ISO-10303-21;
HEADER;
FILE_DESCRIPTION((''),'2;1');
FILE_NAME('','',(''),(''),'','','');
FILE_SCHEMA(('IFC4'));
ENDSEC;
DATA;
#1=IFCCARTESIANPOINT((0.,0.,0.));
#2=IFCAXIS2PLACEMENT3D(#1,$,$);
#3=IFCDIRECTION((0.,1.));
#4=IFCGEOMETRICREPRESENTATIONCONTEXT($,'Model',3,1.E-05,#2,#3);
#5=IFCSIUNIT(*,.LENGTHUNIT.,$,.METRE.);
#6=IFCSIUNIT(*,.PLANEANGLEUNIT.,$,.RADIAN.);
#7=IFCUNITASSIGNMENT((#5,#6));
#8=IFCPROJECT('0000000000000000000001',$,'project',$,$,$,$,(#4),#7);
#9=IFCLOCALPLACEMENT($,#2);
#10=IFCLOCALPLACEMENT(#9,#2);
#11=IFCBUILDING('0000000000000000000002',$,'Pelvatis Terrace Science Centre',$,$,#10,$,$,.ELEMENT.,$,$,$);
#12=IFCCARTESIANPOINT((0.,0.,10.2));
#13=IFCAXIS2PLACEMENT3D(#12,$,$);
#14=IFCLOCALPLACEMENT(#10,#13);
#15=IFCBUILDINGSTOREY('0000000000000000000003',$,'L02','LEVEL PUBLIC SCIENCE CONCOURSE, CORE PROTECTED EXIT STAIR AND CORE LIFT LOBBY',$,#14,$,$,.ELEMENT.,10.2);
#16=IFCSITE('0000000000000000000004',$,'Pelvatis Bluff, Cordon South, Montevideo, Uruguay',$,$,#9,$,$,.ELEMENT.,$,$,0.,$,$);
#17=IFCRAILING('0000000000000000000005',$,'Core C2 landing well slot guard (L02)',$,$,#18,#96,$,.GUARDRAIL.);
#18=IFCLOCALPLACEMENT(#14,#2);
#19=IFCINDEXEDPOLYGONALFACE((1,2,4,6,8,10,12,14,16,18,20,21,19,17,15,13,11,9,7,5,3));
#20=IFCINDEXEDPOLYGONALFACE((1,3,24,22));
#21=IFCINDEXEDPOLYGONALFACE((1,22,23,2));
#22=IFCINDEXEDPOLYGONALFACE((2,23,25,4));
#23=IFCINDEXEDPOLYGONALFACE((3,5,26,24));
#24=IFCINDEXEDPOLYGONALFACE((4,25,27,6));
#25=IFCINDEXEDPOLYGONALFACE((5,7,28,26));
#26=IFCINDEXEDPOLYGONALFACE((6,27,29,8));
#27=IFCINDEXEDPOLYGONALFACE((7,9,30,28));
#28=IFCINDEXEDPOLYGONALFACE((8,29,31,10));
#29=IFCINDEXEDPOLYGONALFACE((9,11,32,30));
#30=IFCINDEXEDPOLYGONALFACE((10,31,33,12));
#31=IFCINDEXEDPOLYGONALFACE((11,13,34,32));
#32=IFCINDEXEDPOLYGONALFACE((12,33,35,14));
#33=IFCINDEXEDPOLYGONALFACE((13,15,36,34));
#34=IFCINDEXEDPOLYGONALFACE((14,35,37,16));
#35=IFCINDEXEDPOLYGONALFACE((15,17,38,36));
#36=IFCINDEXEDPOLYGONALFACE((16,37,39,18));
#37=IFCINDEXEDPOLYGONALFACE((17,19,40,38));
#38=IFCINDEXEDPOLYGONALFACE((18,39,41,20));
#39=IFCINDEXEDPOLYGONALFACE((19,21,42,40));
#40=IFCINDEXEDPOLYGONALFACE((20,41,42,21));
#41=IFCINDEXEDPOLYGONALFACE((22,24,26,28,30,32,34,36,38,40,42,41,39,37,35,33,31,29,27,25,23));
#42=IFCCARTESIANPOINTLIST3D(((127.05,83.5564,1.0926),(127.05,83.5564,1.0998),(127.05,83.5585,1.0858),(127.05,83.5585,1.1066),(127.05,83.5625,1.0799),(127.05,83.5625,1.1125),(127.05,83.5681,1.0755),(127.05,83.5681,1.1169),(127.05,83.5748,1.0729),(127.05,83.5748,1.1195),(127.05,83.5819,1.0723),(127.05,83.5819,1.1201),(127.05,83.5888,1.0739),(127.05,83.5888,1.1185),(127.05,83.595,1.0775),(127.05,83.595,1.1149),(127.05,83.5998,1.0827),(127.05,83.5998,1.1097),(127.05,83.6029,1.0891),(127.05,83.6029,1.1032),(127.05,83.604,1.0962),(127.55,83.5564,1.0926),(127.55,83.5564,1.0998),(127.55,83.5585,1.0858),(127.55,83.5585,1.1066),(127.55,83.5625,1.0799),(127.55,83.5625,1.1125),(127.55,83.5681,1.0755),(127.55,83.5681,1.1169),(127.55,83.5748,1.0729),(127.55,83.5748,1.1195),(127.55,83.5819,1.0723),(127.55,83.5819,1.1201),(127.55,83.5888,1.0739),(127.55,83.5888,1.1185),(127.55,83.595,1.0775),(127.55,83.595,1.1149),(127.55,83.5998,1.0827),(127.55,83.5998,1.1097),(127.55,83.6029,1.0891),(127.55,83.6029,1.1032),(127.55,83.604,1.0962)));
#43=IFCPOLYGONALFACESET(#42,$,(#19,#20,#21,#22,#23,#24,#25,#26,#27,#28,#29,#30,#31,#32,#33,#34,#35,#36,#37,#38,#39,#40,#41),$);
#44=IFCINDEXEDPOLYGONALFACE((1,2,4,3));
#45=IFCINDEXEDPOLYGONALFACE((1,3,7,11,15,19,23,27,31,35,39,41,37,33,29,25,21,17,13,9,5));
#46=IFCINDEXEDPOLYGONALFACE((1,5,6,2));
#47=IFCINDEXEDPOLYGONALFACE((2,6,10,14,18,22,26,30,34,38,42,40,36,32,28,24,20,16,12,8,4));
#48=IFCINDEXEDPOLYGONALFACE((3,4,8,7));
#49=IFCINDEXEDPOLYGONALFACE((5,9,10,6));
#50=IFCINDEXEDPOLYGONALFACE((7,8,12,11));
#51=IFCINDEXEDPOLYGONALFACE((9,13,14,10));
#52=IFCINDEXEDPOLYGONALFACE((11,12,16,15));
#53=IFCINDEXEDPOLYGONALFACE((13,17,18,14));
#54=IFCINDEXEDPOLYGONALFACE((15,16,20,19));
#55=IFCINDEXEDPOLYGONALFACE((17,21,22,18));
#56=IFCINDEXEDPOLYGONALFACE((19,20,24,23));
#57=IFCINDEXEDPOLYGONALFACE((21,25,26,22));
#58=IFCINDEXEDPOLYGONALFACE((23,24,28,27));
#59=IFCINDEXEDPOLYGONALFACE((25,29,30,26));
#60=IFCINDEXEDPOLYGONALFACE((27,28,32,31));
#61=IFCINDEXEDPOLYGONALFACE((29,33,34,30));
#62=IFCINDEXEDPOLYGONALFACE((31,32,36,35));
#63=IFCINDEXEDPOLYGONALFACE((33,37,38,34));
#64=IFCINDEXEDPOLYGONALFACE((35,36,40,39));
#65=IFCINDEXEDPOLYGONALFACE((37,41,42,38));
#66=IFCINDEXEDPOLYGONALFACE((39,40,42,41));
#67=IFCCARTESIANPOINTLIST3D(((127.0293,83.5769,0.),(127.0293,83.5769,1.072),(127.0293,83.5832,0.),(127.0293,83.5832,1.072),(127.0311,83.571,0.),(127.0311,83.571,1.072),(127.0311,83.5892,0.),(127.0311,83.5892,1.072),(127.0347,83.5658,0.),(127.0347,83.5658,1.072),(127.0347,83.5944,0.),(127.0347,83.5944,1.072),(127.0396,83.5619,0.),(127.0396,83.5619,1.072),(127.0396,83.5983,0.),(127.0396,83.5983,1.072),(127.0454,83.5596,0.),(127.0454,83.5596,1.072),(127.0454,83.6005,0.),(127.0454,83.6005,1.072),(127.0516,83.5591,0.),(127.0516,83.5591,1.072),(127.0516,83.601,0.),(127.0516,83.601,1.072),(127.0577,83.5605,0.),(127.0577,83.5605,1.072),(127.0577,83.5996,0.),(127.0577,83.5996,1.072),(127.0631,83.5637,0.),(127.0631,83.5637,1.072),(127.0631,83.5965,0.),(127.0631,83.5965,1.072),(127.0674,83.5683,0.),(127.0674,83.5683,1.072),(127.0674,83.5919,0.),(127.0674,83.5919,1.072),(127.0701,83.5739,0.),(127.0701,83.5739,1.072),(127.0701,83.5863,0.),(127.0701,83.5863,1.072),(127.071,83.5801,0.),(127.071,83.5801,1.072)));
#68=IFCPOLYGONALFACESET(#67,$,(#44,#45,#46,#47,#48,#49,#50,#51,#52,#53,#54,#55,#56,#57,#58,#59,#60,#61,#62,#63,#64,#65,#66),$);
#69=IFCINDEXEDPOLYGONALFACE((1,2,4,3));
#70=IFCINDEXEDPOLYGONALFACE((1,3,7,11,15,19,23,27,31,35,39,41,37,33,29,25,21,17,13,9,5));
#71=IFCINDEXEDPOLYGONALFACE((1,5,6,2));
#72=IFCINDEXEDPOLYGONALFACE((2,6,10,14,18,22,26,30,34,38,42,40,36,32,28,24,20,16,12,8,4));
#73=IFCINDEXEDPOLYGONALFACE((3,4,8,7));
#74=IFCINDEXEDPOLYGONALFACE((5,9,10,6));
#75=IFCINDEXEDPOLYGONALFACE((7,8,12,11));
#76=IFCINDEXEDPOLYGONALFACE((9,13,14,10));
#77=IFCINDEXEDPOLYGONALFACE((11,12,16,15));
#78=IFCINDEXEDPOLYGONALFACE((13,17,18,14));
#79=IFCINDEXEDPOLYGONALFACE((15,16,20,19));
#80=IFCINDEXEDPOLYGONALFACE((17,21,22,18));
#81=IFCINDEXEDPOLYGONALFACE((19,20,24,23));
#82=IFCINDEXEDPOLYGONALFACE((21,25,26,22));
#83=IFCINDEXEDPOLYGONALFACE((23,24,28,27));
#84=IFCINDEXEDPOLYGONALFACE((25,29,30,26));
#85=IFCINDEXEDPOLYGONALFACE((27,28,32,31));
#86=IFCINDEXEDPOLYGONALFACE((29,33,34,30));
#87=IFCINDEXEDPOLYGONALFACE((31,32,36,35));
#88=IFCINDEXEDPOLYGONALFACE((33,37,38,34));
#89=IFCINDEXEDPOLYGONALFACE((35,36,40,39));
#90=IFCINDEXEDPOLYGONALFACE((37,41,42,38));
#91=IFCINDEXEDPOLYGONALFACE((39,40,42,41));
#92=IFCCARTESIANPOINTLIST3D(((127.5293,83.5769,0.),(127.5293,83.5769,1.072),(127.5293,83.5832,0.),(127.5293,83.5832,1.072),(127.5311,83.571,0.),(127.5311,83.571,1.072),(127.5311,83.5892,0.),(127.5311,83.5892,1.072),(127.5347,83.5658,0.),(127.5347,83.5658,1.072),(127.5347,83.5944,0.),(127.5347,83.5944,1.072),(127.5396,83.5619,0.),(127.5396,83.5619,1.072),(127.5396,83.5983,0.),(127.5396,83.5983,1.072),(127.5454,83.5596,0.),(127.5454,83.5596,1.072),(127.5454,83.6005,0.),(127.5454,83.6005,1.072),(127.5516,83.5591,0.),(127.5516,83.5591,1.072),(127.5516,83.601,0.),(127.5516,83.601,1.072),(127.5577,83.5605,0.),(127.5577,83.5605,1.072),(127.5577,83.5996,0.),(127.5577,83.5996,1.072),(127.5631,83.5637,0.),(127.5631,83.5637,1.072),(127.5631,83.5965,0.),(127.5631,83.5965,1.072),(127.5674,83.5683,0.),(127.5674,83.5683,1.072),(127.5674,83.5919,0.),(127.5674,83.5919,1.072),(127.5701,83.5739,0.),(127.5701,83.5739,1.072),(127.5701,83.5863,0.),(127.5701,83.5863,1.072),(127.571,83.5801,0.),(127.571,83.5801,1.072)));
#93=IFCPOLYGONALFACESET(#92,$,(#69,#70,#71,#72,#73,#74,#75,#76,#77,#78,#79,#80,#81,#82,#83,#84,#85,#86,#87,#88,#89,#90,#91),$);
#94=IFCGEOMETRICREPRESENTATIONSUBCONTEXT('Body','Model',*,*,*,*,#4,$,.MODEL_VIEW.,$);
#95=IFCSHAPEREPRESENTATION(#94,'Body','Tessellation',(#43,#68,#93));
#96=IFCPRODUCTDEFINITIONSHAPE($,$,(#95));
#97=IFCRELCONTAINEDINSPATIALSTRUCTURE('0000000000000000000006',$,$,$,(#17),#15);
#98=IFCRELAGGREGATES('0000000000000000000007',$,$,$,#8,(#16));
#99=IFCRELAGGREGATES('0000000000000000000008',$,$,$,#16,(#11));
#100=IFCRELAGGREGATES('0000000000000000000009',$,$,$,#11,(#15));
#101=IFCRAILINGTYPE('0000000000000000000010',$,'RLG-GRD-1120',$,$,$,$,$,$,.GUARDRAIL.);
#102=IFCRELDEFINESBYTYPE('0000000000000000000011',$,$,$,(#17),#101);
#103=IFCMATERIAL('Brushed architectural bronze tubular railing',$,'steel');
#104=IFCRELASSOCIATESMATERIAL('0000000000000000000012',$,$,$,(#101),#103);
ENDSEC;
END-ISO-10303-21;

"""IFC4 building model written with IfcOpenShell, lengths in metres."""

from ifc_helpers import new_model, si_unit, direction, frame, origin, origin_2d, place, context, subcontext, project, spatial, circle, extrude, material, type_object, element, save


model = new_model("IFC4")

# Units and contexts
model_context = context("Model", 3, precision=1e-05, world=origin(), true_north=direction((0.0, 1.0)))
body_context = subcontext(model_context, "Body", "Model", "MODEL_VIEW")
ifc_project = project(units=[si_unit("LENGTHUNIT", "METRE"), si_unit("PLANEANGLEUNIT", "RADIAN")], contexts=[model_context])

# Site, building, storey
site_placement = place(None, origin())
site = spatial("IfcSite", under=ifc_project, at=site_placement, Name="Pelvatis Bluff, Cordon South, Montevideo, Uruguay", CompositionType="ELEMENT", RefElevation=0.0)
building_placement = place(site_placement, origin())
building = spatial("IfcBuilding", under=site, at=building_placement, Name="Pelvatis Terrace Science Centre", CompositionType="ELEMENT")
storey_placement = place(building_placement, frame((0.0, 0.0, 10.2)))
storey = spatial("IfcBuildingStorey", under=building, at=storey_placement, Name="L02", Description="LEVEL PUBLIC SCIENCE CONCOURSE, CORE PROTECTED EXIT STAIR AND CORE LIFT LOBBY", CompositionType="ELEMENT", Elevation=10.2)

# Railing
ifc_material_1 = material(Name="Brushed architectural bronze tubular railing", Category="steel")
railing_type = type_object("IfcRailingType", Name="RLG-GRD-1120", PredefinedType="GUARDRAIL", material=ifc_material_1)
railing_1_placement = place(storey_placement, frame((127.05, 83.5801, 0.0)))
element("IfcRailing", 1, at=railing_1_placement, inside=storey, type_object=railing_type, Name="Core C2 landing well slot guard (L02)", PredefinedType="GUARDRAIL", context=body_context, shape_type="SweptSolid", body=[
    extrude(circle(Radius=0.0239, at=origin_2d()), frame((0.0, 0.0, 1.0962), z_axis=(1.0, 0.0, 0.0), x_axis=(0.0, 1.0, 0.0)), (0.0, 0.0, 1.0), 0.5),
    extrude(circle(Radius=0.021, at=origin_2d()), origin(), (0.0, 0.0, 1.0), 1.072),
    extrude(circle(Radius=0.021, at=origin_2d()), frame((0.5, 0.0, 0.0)), (0.0, 0.0, 1.0), 1.072),
])

save(model, "model.ifc")
